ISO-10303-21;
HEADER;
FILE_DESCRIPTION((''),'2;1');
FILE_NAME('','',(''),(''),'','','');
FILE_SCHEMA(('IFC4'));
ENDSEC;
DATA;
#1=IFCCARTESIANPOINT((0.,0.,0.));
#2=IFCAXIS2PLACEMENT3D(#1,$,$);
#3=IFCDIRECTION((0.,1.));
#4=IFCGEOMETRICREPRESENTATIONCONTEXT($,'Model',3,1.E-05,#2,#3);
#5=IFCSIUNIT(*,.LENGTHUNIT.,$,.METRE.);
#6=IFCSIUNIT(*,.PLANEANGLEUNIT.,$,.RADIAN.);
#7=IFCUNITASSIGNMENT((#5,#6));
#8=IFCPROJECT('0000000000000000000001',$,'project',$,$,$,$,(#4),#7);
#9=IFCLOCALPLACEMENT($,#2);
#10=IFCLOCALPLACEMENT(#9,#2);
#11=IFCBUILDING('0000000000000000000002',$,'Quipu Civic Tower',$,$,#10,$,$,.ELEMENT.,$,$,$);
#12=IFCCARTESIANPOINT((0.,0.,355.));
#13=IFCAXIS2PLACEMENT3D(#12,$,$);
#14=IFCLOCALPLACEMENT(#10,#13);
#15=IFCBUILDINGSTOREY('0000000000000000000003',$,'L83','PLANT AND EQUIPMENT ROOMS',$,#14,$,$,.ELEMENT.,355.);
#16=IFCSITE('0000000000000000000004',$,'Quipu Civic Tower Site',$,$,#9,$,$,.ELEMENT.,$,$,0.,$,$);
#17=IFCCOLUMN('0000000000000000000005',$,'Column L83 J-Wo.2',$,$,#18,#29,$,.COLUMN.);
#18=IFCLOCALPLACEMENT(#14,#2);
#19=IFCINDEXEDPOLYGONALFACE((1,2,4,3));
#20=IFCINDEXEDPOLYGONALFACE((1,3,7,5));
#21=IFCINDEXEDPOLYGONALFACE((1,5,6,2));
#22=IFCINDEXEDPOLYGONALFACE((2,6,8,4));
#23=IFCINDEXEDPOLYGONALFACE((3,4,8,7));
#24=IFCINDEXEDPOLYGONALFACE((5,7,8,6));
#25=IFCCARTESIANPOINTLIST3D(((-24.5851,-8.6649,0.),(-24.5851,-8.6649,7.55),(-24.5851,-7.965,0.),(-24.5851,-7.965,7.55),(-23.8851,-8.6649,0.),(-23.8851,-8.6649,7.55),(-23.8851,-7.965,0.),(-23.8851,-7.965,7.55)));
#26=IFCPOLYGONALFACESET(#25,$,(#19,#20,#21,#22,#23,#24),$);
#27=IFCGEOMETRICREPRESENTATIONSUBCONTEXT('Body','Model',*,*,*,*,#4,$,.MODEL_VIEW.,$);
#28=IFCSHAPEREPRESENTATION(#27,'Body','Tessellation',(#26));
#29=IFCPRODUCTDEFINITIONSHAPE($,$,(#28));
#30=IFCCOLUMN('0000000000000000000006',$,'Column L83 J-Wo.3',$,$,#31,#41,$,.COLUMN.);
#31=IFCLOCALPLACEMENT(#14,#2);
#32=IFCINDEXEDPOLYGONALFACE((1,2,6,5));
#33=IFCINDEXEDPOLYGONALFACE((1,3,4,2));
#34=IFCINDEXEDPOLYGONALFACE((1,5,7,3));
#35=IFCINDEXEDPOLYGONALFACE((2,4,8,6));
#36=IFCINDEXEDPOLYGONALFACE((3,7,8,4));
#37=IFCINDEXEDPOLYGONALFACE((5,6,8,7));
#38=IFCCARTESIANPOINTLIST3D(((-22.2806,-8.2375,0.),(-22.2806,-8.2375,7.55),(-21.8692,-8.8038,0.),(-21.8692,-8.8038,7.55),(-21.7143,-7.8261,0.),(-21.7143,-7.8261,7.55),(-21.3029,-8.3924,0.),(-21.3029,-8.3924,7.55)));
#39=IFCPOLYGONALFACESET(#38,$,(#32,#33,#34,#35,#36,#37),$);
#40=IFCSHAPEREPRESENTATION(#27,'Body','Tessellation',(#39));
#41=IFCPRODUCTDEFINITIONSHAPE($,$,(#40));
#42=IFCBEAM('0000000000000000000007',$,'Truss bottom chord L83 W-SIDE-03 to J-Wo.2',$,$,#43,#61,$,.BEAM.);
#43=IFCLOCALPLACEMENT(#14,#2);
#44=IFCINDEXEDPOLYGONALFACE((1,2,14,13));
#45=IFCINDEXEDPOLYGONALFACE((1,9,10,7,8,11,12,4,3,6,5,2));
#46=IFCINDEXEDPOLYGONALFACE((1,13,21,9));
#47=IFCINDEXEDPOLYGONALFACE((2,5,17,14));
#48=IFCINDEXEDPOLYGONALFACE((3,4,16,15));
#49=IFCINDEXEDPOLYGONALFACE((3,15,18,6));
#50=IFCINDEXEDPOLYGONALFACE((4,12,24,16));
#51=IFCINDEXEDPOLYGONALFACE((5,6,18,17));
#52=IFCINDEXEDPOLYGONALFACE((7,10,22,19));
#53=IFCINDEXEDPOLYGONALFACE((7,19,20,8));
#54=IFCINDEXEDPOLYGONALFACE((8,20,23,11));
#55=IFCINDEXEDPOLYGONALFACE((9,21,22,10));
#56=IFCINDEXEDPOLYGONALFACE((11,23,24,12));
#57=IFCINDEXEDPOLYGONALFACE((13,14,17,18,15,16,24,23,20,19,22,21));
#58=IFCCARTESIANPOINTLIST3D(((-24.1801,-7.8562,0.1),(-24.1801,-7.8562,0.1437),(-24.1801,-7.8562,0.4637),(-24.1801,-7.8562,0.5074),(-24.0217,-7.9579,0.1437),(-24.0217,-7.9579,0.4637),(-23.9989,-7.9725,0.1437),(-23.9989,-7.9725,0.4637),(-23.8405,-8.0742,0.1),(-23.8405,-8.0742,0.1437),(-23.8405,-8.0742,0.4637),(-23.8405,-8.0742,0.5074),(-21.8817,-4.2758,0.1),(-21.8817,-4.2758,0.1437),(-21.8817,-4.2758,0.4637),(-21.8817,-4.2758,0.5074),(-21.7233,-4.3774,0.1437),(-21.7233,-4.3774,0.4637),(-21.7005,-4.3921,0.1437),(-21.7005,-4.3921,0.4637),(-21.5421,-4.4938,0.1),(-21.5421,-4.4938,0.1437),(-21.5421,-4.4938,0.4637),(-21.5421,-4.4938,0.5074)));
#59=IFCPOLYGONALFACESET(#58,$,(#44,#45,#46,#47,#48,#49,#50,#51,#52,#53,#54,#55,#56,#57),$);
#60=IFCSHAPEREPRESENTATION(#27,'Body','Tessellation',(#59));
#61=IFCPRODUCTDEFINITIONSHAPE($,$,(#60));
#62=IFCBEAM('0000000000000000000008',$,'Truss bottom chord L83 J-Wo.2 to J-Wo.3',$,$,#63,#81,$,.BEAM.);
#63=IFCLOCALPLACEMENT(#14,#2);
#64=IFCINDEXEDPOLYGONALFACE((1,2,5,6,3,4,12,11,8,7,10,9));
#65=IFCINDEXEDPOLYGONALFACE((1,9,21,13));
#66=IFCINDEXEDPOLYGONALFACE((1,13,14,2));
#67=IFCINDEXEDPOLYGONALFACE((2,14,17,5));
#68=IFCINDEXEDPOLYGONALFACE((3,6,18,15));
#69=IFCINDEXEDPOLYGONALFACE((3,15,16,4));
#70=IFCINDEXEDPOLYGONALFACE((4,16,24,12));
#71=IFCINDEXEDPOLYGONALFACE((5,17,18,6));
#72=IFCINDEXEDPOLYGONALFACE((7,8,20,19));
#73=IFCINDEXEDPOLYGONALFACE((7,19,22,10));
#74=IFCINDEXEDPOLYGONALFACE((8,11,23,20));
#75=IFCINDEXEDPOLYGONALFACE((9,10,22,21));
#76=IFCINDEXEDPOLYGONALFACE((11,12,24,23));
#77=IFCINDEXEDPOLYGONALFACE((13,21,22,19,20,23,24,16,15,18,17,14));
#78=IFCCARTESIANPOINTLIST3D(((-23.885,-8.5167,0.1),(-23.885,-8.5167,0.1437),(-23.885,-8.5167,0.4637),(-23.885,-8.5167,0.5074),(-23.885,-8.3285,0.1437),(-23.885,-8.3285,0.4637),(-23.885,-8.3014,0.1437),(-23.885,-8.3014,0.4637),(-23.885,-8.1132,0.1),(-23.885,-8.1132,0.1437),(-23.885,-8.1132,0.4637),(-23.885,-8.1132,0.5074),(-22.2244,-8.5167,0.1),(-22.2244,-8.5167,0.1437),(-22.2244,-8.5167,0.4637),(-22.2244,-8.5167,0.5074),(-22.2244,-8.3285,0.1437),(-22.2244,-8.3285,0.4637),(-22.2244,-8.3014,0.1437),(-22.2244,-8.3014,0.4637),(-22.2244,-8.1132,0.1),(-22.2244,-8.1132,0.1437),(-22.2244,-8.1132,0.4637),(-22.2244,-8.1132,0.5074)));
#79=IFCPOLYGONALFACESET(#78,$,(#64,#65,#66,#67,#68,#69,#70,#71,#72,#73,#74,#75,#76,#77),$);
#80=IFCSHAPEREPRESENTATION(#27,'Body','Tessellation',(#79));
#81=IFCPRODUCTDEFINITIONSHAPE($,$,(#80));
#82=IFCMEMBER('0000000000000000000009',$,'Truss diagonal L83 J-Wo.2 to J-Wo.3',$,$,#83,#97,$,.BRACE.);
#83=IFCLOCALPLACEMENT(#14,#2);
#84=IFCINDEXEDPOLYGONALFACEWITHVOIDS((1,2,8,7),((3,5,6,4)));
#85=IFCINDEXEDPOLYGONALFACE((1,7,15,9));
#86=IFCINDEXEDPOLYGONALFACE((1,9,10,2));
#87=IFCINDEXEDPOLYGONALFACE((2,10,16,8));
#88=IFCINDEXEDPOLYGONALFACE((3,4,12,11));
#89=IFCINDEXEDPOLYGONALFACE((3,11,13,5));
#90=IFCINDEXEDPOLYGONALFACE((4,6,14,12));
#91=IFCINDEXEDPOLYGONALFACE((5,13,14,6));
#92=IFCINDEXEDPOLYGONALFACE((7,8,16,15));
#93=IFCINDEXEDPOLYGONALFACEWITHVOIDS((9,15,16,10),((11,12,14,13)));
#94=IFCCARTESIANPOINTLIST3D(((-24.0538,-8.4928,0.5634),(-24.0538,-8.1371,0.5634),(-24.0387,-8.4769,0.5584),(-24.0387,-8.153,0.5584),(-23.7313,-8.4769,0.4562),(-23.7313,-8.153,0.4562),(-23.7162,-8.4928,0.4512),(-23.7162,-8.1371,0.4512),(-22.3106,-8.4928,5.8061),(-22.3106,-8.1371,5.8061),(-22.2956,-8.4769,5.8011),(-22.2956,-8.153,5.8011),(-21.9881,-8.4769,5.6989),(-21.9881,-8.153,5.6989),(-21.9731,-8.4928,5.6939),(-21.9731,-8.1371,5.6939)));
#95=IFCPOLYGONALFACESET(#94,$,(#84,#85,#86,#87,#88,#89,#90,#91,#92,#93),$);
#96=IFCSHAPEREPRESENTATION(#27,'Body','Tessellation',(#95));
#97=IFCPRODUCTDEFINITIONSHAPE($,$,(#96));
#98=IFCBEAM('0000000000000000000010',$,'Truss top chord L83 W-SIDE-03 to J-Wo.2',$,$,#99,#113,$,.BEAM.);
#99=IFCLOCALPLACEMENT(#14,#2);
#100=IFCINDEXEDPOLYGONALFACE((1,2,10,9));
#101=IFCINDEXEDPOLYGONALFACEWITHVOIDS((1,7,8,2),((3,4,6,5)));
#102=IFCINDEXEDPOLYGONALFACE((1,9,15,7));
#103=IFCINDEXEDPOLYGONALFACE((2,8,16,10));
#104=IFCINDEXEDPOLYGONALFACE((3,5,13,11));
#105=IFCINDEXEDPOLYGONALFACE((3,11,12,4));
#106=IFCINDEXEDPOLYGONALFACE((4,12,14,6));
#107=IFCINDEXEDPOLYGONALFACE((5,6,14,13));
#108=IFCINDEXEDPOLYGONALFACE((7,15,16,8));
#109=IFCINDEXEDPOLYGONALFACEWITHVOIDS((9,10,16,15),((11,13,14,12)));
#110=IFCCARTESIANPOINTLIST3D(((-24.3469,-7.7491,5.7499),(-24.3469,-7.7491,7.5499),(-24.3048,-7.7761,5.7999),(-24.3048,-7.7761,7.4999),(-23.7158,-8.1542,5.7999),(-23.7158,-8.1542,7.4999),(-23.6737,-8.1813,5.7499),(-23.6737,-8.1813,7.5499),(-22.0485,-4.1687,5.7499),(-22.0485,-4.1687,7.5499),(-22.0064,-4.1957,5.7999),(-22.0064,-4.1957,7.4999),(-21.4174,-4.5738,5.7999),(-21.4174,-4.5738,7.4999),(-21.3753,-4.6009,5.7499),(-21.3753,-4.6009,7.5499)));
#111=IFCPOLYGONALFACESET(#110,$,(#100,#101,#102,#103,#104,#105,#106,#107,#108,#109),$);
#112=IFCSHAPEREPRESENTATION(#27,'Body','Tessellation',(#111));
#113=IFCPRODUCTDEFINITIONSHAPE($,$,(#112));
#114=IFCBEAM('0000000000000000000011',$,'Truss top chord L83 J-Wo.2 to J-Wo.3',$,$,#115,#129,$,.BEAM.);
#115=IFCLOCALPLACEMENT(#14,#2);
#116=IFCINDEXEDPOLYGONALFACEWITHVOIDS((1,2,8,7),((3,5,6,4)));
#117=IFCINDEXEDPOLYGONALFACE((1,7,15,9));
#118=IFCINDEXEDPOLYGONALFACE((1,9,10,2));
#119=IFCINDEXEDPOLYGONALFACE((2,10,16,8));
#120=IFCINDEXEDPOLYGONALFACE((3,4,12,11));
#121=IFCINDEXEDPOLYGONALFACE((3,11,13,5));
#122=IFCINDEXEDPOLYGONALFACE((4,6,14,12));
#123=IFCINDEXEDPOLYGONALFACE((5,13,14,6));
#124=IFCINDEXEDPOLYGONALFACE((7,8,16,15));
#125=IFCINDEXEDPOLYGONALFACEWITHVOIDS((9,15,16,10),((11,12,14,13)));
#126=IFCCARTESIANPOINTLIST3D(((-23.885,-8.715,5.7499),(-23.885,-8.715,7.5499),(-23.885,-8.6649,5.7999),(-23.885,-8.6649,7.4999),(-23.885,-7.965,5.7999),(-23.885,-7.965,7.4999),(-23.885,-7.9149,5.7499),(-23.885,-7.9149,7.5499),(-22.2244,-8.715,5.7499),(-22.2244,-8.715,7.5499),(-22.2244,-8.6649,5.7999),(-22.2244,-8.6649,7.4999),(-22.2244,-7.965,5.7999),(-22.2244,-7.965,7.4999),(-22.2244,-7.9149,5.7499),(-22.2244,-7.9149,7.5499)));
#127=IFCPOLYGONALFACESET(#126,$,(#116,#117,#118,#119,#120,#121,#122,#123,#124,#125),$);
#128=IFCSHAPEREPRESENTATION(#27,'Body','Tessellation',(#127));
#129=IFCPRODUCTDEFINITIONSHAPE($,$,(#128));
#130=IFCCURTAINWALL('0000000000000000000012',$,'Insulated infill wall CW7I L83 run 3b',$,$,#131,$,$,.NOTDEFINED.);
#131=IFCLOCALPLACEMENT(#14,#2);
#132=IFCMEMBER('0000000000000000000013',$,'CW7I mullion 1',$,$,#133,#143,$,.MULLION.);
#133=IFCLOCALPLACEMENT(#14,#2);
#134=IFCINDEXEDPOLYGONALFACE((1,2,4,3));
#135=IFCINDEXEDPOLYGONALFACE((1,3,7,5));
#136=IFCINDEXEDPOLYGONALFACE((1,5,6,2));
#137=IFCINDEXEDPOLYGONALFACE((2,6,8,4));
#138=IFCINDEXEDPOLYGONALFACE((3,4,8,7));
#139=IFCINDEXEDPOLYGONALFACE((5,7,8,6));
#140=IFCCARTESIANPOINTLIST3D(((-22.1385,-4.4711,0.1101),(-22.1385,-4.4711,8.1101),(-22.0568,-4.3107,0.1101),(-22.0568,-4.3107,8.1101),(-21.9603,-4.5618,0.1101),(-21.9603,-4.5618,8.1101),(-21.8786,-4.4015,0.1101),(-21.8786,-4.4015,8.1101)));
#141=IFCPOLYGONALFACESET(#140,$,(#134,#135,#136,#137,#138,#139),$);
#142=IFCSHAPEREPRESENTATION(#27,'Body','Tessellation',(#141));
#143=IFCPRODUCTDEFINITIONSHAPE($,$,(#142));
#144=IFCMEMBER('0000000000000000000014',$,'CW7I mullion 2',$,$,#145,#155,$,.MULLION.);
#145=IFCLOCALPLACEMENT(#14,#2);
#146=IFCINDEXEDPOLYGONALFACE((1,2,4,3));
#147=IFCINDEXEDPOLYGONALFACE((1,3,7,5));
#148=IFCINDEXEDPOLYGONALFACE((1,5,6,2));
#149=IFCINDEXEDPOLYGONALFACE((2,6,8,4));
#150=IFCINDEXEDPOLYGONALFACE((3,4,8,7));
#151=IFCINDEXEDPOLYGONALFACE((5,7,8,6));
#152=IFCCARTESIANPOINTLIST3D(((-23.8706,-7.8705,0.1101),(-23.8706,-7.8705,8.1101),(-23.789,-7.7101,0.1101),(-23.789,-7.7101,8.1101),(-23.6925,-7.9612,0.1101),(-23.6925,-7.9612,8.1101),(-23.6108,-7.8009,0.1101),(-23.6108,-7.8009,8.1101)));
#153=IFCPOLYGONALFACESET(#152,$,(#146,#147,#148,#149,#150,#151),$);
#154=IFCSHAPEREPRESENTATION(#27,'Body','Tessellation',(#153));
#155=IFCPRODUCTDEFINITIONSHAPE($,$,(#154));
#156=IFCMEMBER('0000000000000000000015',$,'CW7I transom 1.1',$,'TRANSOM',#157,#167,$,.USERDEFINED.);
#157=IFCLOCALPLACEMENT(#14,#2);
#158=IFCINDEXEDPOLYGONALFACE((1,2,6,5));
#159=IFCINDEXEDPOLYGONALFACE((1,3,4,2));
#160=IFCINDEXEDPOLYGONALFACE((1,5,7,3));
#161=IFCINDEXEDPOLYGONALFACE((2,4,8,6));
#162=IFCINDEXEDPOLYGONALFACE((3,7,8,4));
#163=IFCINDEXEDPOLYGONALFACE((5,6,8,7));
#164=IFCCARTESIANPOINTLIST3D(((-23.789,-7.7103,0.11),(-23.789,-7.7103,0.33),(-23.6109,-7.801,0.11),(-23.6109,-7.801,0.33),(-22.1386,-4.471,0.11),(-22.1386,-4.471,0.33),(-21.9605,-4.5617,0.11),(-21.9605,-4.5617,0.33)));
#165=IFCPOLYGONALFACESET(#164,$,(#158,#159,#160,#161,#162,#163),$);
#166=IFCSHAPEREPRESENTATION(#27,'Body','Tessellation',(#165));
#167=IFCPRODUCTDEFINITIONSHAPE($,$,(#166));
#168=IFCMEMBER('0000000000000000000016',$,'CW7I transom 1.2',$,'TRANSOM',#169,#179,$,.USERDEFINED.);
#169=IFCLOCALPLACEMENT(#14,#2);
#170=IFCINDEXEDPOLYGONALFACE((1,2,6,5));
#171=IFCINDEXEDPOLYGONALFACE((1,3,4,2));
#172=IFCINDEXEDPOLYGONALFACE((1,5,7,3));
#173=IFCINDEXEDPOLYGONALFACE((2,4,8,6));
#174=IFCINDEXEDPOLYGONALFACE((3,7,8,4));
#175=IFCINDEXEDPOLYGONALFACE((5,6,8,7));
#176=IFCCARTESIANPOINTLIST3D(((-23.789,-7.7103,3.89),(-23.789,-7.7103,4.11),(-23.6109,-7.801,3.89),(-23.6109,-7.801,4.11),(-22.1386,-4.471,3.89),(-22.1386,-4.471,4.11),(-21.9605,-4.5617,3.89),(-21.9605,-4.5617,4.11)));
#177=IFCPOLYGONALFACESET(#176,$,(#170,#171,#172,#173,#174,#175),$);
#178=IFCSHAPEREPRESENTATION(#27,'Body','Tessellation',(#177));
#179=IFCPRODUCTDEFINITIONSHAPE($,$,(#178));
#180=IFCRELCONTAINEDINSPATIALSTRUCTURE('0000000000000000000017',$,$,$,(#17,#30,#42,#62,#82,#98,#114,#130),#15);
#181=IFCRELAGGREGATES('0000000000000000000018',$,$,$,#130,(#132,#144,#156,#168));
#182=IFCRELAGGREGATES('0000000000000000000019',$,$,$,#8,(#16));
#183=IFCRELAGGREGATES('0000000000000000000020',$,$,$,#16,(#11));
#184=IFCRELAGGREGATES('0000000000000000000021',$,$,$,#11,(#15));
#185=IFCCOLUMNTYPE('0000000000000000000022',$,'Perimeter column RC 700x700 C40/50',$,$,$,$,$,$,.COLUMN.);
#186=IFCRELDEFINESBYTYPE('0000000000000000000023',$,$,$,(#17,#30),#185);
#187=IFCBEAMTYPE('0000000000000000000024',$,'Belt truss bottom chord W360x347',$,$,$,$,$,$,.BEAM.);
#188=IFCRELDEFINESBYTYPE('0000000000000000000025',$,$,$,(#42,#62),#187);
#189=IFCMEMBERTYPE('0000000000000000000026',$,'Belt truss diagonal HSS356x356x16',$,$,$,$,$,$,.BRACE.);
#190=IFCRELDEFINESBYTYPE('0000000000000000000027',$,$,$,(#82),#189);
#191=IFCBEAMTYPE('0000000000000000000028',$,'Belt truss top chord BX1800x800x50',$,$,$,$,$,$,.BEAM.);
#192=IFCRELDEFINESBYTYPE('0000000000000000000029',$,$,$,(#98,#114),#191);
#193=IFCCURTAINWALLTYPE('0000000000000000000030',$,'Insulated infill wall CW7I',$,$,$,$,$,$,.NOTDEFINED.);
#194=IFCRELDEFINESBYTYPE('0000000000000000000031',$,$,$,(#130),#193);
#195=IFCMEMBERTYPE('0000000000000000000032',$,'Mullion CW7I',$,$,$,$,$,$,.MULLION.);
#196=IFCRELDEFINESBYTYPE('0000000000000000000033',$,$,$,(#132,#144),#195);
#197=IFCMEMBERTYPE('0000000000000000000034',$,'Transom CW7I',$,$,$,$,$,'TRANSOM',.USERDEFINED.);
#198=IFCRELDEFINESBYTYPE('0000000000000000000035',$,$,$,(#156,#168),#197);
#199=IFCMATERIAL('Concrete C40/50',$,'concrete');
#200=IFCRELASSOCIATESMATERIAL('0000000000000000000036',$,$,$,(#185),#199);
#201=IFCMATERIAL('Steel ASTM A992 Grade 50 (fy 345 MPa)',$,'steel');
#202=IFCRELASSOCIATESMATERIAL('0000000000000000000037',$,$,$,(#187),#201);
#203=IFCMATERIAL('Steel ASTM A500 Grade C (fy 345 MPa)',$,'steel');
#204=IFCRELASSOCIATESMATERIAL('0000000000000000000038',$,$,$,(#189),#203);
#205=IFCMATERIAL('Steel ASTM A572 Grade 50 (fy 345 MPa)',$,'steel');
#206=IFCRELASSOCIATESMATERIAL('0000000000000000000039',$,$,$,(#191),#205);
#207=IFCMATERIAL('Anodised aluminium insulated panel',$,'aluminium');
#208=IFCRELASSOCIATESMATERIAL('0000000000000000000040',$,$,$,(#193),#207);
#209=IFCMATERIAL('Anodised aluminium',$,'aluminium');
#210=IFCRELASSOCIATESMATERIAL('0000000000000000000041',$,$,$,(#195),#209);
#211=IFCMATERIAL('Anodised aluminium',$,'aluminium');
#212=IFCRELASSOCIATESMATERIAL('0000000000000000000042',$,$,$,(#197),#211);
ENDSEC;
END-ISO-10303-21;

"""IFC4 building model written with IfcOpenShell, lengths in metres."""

from ifc_helpers import new_model, si_unit, direction, frame, origin, origin_2d, place, context, subcontext, project, spatial, rectangle, hollow_rectangle, i_section, extrude, material, material_profile, profile_set, type_object, element, aggregate, save


model = new_model("IFC4")

# Units and contexts
model_context = context("Model", 3, precision=1e-05, world=origin(), true_north=direction((0.0, 1.0)))
body_context = subcontext(model_context, "Body", "Model", "MODEL_VIEW")
ifc_project = project(units=[si_unit("LENGTHUNIT", "METRE"), si_unit("PLANEANGLEUNIT", "RADIAN")], contexts=[model_context])

# Site, building, storey
site_placement = place(None, origin())
site = spatial("IfcSite", under=ifc_project, at=site_placement, Name="Quipu Civic Tower Site", CompositionType="ELEMENT", RefElevation=0.0)
building_placement = place(site_placement, origin())
building = spatial("IfcBuilding", under=site, at=building_placement, Name="Quipu Civic Tower", CompositionType="ELEMENT")
storey_placement = place(building_placement, frame((0.0, 0.0, 355.0)))
storey = spatial("IfcBuildingStorey", under=building, at=storey_placement, Name="L83", Description="PLANT AND EQUIPMENT ROOMS", CompositionType="ELEMENT", Elevation=355.0)

# Columns
ifc_material_1 = material(Name="Concrete C40/50", Category="concrete")
ifc_material_profile_1 = material_profile(ifc_material_1, rectangle(XDim=0.7, YDim=0.7, at=origin_2d()), Name="RC700x700")
ifc_profile_set_1 = profile_set([ifc_material_profile_1], Name="Concrete C40/50")
column_type = type_object("IfcColumnType", Name="Perimeter column RC 700x700 C40/50", PredefinedType="COLUMN", material=ifc_profile_set_1)
for number, where, z_axis, x_axis, name in (
    (1, (-24.2351, -8.3149, 0.0), (0.0, 0.0, 1.0), (1.0, 0.0, 0.0), "Column L83 J-Wo.2"),
    (2, (-21.7917, -8.3149, 0.0), (0.0, 0.0, 1.0), (0.587785, -0.809017, 0.0), "Column L83 J-Wo.3"),
):
    element("IfcColumn", number, at=place(storey_placement, frame(where, z_axis=z_axis, x_axis=x_axis)), inside=storey, type_object=column_type, Name=name, PredefinedType="COLUMN", context=body_context, shape_type="SweptSolid", body=[
        extrude(rectangle(XDim=0.7, YDim=0.7, at=origin_2d()), origin(), (0.0, 0.0, 1.0), 7.55),
    ])

# Beams
ifc_material_2 = material(Name="Steel ASTM A992 Grade 50 (fy 345 MPa)", Category="steel")
ifc_material_profile_2 = material_profile(ifc_material_2, i_section(OverallWidth=0.4036, OverallDepth=0.4075, WebThickness=0.0271, FlangeThickness=0.0437, at=origin_2d()), Name="W360x347")
ifc_profile_set_2 = profile_set([ifc_material_profile_2], Name="Steel ASTM A992 Grade 50 (fy 345 MPa)")
beam_type_1 = type_object("IfcBeamType", Name="Belt truss bottom chord W360x347", PredefinedType="BEAM", material=ifc_profile_set_2)
beam_1_placement = place(storey_placement, frame((-21.7119, -4.3848, 0.3037), z_axis=(-0.540209, -0.841531, 0.0), x_axis=(0.841531, -0.540209, 0.0)))
element("IfcBeam", 3, at=beam_1_placement, inside=storey, type_object=beam_type_1, Name="Truss bottom chord L83 W-SIDE-03 to J-Wo.2", PredefinedType="BEAM", context=body_context, shape_type="SweptSolid", body=[
    extrude(i_section(OverallWidth=0.4036, OverallDepth=0.4075, WebThickness=0.0271, FlangeThickness=0.0437, at=origin_2d()), origin(), (0.0, 0.0, 1.0), 4.2546),
])
beam_2_placement = place(storey_placement, frame((-23.885, -8.3149, 0.3037), z_axis=(1.0, 0.0, 0.0), x_axis=(0.0, 1.0, 0.0)))
element("IfcBeam", 4, at=beam_2_placement, inside=storey, type_object=beam_type_1, Name="Truss bottom chord L83 J-Wo.2 to J-Wo.3", PredefinedType="BEAM", context=body_context, shape_type="SweptSolid", body=[
    extrude(i_section(OverallWidth=0.4036, OverallDepth=0.4075, WebThickness=0.0271, FlangeThickness=0.0437, at=origin_2d()), origin(), (0.0, 0.0, 1.0), 1.6606),
])

# Member
ifc_material_3 = material(Name="Steel ASTM A500 Grade C (fy 345 MPa)", Category="steel")
ifc_material_profile_3 = material_profile(ifc_material_3, hollow_rectangle(XDim=0.3557, YDim=0.3557, WallThickness=0.0159, at=origin_2d()), Name="HSS356x356x16")
ifc_profile_set_3 = profile_set([ifc_material_profile_3], Name="Steel ASTM A500 Grade C (fy 345 MPa)")
member_type_1 = type_object("IfcMemberType", Name="Belt truss diagonal HSS356x356x16", PredefinedType="BRACE", material=ifc_profile_set_3)
member_1_placement = place(storey_placement, frame((-23.885, -8.3149, 0.5073), z_axis=(0.315512, 0.0, 0.948922), x_axis=(0.0, 1.0, 0.0)))
element("IfcMember", 5, at=member_1_placement, inside=storey, type_object=member_type_1, Name="Truss diagonal L83 J-Wo.2 to J-Wo.3", PredefinedType="BRACE", context=body_context, shape_type="SweptSolid", body=[
    extrude(hollow_rectangle(XDim=0.3557, YDim=0.3557, WallThickness=0.0159, at=origin_2d()), origin(), (0.0, 0.0, 1.0), 5.5249),
])

# Beams
ifc_material_4 = material(Name="Steel ASTM A572 Grade 50 (fy 345 MPa)", Category="steel")
ifc_material_profile_4 = material_profile(ifc_material_4, hollow_rectangle(XDim=0.8, YDim=1.8, WallThickness=0.05, at=origin_2d()), Name="BX1800x800x50")
ifc_profile_set_4 = profile_set([ifc_material_profile_4], Name="Steel ASTM A572 Grade 50 (fy 345 MPa)")
beam_type_2 = type_object("IfcBeamType", Name="Belt truss top chord BX1800x800x50", PredefinedType="BEAM", material=ifc_profile_set_4)
beam_3_placement = place(storey_placement, frame((-21.7119, -4.3848, 6.6499), z_axis=(-0.540209, -0.841531, 0.0), x_axis=(0.841531, -0.540209, 0.0)))
element("IfcBeam", 6, at=beam_3_placement, inside=storey, type_object=beam_type_2, Name="Truss top chord L83 W-SIDE-03 to J-Wo.2", PredefinedType="BEAM", context=body_context, shape_type="SweptSolid", body=[
    extrude(hollow_rectangle(XDim=0.8, YDim=1.8, WallThickness=0.05, at=origin_2d()), origin(), (0.0, 0.0, 1.0), 4.2546),
])
beam_4_placement = place(storey_placement, frame((-23.885, -8.3149, 6.6499), z_axis=(1.0, 0.0, 0.0), x_axis=(0.0, 1.0, 0.0)))
element("IfcBeam", 7, at=beam_4_placement, inside=storey, type_object=beam_type_2, Name="Truss top chord L83 J-Wo.2 to J-Wo.3", PredefinedType="BEAM", context=body_context, shape_type="SweptSolid", body=[
    extrude(hollow_rectangle(XDim=0.8, YDim=1.8, WallThickness=0.05, at=origin_2d()), origin(), (0.0, 0.0, 1.0), 1.6606),
])

# Curtain wall, members
ifc_material_5 = material(Name="Anodised aluminium insulated panel", Category="aluminium")
curtain_wall_type = type_object("IfcCurtainWallType", Name="Insulated infill wall CW7I", PredefinedType="NOTDEFINED", material=ifc_material_5)
curtain_wall_placement = place(storey_placement, origin())
curtain_wall = element("IfcCurtainWall", 8, at=curtain_wall_placement, inside=storey, type_object=curtain_wall_type, Name="Insulated infill wall CW7I L83 run 3b", PredefinedType="NOTDEFINED")
ifc_material_6 = material(Name="Anodised aluminium", Category="aluminium")
ifc_material_profile_5 = material_profile(ifc_material_6, rectangle(XDim=0.2, YDim=0.1799, at=origin_2d()), Name="RECT 200x180")
ifc_profile_set_5 = profile_set([ifc_material_profile_5], Name="Anodised aluminium")
member_type_2 = type_object("IfcMemberType", Name="Mullion CW7I", PredefinedType="MULLION", material=ifc_profile_set_5)
member_2_placement = place(storey_placement, frame((-22.0085, -4.4363, 0.1101), z_axis=(0.0, 0.0, 1.0), x_axis=(0.891008, -0.453988, 0.0)))
member_2 = element("IfcMember", 9, at=member_2_placement, type_object=member_type_2, Name="CW7I mullion 1", PredefinedType="MULLION", context=body_context, shape_type="SweptSolid", body=[
    extrude(rectangle(XDim=0.2, YDim=0.1799, at=origin_2d()), origin(), (0.0, 0.0, 1.0), 8.0),
])
member_3_placement = place(storey_placement, frame((-23.7407, -7.8357, 0.1101), z_axis=(0.0, 0.0, 1.0), x_axis=(0.891008, -0.453988, 0.0)))
member_3 = element("IfcMember", 10, at=member_3_placement, type_object=member_type_2, Name="CW7I mullion 2", PredefinedType="MULLION", context=body_context, shape_type="SweptSolid", body=[
    extrude(rectangle(XDim=0.2, YDim=0.1799, at=origin_2d()), origin(), (0.0, 0.0, 1.0), 8.0),
])
ifc_material_7 = material(Name="Anodised aluminium", Category="aluminium")
ifc_material_profile_6 = material_profile(ifc_material_7, rectangle(XDim=0.2, YDim=0.22, at=origin_2d()), Name="RECT 200x220")
ifc_profile_set_6 = profile_set([ifc_material_profile_6], Name="Anodised aluminium")
member_type_3 = type_object("IfcMemberType", Name="Transom CW7I", ElementType="TRANSOM", PredefinedType="USERDEFINED", material=ifc_profile_set_6)
member_4_placement = place(storey_placement, frame((-22.0496, -4.5164, 0.22), z_axis=(-0.45397, -0.891017, 0.0), x_axis=(0.891017, -0.45397, 0.0)))
member_4 = element("IfcMember", 11, at=member_4_placement, type_object=member_type_3, Name="CW7I transom 1.1", ObjectType="TRANSOM", PredefinedType="USERDEFINED", context=body_context, shape_type="SweptSolid", body=[
    extrude(rectangle(XDim=0.2, YDim=0.22, at=origin_2d()), origin(), (0.0, 0.0, 1.0), 3.6355),
])
member_5_placement = place(storey_placement, frame((-22.0496, -4.5164, 4.0), z_axis=(-0.45397, -0.891017, 0.0), x_axis=(0.891017, -0.45397, 0.0)))
member_5 = element("IfcMember", 12, at=member_5_placement, type_object=member_type_3, Name="CW7I transom 1.2", ObjectType="TRANSOM", PredefinedType="USERDEFINED", context=body_context, shape_type="SweptSolid", body=[
    extrude(rectangle(XDim=0.2, YDim=0.22, at=origin_2d()), origin(), (0.0, 0.0, 1.0), 3.6355),
])
aggregate(curtain_wall, [member_2, member_3, member_4, member_5])

save(model, "model.ifc")
